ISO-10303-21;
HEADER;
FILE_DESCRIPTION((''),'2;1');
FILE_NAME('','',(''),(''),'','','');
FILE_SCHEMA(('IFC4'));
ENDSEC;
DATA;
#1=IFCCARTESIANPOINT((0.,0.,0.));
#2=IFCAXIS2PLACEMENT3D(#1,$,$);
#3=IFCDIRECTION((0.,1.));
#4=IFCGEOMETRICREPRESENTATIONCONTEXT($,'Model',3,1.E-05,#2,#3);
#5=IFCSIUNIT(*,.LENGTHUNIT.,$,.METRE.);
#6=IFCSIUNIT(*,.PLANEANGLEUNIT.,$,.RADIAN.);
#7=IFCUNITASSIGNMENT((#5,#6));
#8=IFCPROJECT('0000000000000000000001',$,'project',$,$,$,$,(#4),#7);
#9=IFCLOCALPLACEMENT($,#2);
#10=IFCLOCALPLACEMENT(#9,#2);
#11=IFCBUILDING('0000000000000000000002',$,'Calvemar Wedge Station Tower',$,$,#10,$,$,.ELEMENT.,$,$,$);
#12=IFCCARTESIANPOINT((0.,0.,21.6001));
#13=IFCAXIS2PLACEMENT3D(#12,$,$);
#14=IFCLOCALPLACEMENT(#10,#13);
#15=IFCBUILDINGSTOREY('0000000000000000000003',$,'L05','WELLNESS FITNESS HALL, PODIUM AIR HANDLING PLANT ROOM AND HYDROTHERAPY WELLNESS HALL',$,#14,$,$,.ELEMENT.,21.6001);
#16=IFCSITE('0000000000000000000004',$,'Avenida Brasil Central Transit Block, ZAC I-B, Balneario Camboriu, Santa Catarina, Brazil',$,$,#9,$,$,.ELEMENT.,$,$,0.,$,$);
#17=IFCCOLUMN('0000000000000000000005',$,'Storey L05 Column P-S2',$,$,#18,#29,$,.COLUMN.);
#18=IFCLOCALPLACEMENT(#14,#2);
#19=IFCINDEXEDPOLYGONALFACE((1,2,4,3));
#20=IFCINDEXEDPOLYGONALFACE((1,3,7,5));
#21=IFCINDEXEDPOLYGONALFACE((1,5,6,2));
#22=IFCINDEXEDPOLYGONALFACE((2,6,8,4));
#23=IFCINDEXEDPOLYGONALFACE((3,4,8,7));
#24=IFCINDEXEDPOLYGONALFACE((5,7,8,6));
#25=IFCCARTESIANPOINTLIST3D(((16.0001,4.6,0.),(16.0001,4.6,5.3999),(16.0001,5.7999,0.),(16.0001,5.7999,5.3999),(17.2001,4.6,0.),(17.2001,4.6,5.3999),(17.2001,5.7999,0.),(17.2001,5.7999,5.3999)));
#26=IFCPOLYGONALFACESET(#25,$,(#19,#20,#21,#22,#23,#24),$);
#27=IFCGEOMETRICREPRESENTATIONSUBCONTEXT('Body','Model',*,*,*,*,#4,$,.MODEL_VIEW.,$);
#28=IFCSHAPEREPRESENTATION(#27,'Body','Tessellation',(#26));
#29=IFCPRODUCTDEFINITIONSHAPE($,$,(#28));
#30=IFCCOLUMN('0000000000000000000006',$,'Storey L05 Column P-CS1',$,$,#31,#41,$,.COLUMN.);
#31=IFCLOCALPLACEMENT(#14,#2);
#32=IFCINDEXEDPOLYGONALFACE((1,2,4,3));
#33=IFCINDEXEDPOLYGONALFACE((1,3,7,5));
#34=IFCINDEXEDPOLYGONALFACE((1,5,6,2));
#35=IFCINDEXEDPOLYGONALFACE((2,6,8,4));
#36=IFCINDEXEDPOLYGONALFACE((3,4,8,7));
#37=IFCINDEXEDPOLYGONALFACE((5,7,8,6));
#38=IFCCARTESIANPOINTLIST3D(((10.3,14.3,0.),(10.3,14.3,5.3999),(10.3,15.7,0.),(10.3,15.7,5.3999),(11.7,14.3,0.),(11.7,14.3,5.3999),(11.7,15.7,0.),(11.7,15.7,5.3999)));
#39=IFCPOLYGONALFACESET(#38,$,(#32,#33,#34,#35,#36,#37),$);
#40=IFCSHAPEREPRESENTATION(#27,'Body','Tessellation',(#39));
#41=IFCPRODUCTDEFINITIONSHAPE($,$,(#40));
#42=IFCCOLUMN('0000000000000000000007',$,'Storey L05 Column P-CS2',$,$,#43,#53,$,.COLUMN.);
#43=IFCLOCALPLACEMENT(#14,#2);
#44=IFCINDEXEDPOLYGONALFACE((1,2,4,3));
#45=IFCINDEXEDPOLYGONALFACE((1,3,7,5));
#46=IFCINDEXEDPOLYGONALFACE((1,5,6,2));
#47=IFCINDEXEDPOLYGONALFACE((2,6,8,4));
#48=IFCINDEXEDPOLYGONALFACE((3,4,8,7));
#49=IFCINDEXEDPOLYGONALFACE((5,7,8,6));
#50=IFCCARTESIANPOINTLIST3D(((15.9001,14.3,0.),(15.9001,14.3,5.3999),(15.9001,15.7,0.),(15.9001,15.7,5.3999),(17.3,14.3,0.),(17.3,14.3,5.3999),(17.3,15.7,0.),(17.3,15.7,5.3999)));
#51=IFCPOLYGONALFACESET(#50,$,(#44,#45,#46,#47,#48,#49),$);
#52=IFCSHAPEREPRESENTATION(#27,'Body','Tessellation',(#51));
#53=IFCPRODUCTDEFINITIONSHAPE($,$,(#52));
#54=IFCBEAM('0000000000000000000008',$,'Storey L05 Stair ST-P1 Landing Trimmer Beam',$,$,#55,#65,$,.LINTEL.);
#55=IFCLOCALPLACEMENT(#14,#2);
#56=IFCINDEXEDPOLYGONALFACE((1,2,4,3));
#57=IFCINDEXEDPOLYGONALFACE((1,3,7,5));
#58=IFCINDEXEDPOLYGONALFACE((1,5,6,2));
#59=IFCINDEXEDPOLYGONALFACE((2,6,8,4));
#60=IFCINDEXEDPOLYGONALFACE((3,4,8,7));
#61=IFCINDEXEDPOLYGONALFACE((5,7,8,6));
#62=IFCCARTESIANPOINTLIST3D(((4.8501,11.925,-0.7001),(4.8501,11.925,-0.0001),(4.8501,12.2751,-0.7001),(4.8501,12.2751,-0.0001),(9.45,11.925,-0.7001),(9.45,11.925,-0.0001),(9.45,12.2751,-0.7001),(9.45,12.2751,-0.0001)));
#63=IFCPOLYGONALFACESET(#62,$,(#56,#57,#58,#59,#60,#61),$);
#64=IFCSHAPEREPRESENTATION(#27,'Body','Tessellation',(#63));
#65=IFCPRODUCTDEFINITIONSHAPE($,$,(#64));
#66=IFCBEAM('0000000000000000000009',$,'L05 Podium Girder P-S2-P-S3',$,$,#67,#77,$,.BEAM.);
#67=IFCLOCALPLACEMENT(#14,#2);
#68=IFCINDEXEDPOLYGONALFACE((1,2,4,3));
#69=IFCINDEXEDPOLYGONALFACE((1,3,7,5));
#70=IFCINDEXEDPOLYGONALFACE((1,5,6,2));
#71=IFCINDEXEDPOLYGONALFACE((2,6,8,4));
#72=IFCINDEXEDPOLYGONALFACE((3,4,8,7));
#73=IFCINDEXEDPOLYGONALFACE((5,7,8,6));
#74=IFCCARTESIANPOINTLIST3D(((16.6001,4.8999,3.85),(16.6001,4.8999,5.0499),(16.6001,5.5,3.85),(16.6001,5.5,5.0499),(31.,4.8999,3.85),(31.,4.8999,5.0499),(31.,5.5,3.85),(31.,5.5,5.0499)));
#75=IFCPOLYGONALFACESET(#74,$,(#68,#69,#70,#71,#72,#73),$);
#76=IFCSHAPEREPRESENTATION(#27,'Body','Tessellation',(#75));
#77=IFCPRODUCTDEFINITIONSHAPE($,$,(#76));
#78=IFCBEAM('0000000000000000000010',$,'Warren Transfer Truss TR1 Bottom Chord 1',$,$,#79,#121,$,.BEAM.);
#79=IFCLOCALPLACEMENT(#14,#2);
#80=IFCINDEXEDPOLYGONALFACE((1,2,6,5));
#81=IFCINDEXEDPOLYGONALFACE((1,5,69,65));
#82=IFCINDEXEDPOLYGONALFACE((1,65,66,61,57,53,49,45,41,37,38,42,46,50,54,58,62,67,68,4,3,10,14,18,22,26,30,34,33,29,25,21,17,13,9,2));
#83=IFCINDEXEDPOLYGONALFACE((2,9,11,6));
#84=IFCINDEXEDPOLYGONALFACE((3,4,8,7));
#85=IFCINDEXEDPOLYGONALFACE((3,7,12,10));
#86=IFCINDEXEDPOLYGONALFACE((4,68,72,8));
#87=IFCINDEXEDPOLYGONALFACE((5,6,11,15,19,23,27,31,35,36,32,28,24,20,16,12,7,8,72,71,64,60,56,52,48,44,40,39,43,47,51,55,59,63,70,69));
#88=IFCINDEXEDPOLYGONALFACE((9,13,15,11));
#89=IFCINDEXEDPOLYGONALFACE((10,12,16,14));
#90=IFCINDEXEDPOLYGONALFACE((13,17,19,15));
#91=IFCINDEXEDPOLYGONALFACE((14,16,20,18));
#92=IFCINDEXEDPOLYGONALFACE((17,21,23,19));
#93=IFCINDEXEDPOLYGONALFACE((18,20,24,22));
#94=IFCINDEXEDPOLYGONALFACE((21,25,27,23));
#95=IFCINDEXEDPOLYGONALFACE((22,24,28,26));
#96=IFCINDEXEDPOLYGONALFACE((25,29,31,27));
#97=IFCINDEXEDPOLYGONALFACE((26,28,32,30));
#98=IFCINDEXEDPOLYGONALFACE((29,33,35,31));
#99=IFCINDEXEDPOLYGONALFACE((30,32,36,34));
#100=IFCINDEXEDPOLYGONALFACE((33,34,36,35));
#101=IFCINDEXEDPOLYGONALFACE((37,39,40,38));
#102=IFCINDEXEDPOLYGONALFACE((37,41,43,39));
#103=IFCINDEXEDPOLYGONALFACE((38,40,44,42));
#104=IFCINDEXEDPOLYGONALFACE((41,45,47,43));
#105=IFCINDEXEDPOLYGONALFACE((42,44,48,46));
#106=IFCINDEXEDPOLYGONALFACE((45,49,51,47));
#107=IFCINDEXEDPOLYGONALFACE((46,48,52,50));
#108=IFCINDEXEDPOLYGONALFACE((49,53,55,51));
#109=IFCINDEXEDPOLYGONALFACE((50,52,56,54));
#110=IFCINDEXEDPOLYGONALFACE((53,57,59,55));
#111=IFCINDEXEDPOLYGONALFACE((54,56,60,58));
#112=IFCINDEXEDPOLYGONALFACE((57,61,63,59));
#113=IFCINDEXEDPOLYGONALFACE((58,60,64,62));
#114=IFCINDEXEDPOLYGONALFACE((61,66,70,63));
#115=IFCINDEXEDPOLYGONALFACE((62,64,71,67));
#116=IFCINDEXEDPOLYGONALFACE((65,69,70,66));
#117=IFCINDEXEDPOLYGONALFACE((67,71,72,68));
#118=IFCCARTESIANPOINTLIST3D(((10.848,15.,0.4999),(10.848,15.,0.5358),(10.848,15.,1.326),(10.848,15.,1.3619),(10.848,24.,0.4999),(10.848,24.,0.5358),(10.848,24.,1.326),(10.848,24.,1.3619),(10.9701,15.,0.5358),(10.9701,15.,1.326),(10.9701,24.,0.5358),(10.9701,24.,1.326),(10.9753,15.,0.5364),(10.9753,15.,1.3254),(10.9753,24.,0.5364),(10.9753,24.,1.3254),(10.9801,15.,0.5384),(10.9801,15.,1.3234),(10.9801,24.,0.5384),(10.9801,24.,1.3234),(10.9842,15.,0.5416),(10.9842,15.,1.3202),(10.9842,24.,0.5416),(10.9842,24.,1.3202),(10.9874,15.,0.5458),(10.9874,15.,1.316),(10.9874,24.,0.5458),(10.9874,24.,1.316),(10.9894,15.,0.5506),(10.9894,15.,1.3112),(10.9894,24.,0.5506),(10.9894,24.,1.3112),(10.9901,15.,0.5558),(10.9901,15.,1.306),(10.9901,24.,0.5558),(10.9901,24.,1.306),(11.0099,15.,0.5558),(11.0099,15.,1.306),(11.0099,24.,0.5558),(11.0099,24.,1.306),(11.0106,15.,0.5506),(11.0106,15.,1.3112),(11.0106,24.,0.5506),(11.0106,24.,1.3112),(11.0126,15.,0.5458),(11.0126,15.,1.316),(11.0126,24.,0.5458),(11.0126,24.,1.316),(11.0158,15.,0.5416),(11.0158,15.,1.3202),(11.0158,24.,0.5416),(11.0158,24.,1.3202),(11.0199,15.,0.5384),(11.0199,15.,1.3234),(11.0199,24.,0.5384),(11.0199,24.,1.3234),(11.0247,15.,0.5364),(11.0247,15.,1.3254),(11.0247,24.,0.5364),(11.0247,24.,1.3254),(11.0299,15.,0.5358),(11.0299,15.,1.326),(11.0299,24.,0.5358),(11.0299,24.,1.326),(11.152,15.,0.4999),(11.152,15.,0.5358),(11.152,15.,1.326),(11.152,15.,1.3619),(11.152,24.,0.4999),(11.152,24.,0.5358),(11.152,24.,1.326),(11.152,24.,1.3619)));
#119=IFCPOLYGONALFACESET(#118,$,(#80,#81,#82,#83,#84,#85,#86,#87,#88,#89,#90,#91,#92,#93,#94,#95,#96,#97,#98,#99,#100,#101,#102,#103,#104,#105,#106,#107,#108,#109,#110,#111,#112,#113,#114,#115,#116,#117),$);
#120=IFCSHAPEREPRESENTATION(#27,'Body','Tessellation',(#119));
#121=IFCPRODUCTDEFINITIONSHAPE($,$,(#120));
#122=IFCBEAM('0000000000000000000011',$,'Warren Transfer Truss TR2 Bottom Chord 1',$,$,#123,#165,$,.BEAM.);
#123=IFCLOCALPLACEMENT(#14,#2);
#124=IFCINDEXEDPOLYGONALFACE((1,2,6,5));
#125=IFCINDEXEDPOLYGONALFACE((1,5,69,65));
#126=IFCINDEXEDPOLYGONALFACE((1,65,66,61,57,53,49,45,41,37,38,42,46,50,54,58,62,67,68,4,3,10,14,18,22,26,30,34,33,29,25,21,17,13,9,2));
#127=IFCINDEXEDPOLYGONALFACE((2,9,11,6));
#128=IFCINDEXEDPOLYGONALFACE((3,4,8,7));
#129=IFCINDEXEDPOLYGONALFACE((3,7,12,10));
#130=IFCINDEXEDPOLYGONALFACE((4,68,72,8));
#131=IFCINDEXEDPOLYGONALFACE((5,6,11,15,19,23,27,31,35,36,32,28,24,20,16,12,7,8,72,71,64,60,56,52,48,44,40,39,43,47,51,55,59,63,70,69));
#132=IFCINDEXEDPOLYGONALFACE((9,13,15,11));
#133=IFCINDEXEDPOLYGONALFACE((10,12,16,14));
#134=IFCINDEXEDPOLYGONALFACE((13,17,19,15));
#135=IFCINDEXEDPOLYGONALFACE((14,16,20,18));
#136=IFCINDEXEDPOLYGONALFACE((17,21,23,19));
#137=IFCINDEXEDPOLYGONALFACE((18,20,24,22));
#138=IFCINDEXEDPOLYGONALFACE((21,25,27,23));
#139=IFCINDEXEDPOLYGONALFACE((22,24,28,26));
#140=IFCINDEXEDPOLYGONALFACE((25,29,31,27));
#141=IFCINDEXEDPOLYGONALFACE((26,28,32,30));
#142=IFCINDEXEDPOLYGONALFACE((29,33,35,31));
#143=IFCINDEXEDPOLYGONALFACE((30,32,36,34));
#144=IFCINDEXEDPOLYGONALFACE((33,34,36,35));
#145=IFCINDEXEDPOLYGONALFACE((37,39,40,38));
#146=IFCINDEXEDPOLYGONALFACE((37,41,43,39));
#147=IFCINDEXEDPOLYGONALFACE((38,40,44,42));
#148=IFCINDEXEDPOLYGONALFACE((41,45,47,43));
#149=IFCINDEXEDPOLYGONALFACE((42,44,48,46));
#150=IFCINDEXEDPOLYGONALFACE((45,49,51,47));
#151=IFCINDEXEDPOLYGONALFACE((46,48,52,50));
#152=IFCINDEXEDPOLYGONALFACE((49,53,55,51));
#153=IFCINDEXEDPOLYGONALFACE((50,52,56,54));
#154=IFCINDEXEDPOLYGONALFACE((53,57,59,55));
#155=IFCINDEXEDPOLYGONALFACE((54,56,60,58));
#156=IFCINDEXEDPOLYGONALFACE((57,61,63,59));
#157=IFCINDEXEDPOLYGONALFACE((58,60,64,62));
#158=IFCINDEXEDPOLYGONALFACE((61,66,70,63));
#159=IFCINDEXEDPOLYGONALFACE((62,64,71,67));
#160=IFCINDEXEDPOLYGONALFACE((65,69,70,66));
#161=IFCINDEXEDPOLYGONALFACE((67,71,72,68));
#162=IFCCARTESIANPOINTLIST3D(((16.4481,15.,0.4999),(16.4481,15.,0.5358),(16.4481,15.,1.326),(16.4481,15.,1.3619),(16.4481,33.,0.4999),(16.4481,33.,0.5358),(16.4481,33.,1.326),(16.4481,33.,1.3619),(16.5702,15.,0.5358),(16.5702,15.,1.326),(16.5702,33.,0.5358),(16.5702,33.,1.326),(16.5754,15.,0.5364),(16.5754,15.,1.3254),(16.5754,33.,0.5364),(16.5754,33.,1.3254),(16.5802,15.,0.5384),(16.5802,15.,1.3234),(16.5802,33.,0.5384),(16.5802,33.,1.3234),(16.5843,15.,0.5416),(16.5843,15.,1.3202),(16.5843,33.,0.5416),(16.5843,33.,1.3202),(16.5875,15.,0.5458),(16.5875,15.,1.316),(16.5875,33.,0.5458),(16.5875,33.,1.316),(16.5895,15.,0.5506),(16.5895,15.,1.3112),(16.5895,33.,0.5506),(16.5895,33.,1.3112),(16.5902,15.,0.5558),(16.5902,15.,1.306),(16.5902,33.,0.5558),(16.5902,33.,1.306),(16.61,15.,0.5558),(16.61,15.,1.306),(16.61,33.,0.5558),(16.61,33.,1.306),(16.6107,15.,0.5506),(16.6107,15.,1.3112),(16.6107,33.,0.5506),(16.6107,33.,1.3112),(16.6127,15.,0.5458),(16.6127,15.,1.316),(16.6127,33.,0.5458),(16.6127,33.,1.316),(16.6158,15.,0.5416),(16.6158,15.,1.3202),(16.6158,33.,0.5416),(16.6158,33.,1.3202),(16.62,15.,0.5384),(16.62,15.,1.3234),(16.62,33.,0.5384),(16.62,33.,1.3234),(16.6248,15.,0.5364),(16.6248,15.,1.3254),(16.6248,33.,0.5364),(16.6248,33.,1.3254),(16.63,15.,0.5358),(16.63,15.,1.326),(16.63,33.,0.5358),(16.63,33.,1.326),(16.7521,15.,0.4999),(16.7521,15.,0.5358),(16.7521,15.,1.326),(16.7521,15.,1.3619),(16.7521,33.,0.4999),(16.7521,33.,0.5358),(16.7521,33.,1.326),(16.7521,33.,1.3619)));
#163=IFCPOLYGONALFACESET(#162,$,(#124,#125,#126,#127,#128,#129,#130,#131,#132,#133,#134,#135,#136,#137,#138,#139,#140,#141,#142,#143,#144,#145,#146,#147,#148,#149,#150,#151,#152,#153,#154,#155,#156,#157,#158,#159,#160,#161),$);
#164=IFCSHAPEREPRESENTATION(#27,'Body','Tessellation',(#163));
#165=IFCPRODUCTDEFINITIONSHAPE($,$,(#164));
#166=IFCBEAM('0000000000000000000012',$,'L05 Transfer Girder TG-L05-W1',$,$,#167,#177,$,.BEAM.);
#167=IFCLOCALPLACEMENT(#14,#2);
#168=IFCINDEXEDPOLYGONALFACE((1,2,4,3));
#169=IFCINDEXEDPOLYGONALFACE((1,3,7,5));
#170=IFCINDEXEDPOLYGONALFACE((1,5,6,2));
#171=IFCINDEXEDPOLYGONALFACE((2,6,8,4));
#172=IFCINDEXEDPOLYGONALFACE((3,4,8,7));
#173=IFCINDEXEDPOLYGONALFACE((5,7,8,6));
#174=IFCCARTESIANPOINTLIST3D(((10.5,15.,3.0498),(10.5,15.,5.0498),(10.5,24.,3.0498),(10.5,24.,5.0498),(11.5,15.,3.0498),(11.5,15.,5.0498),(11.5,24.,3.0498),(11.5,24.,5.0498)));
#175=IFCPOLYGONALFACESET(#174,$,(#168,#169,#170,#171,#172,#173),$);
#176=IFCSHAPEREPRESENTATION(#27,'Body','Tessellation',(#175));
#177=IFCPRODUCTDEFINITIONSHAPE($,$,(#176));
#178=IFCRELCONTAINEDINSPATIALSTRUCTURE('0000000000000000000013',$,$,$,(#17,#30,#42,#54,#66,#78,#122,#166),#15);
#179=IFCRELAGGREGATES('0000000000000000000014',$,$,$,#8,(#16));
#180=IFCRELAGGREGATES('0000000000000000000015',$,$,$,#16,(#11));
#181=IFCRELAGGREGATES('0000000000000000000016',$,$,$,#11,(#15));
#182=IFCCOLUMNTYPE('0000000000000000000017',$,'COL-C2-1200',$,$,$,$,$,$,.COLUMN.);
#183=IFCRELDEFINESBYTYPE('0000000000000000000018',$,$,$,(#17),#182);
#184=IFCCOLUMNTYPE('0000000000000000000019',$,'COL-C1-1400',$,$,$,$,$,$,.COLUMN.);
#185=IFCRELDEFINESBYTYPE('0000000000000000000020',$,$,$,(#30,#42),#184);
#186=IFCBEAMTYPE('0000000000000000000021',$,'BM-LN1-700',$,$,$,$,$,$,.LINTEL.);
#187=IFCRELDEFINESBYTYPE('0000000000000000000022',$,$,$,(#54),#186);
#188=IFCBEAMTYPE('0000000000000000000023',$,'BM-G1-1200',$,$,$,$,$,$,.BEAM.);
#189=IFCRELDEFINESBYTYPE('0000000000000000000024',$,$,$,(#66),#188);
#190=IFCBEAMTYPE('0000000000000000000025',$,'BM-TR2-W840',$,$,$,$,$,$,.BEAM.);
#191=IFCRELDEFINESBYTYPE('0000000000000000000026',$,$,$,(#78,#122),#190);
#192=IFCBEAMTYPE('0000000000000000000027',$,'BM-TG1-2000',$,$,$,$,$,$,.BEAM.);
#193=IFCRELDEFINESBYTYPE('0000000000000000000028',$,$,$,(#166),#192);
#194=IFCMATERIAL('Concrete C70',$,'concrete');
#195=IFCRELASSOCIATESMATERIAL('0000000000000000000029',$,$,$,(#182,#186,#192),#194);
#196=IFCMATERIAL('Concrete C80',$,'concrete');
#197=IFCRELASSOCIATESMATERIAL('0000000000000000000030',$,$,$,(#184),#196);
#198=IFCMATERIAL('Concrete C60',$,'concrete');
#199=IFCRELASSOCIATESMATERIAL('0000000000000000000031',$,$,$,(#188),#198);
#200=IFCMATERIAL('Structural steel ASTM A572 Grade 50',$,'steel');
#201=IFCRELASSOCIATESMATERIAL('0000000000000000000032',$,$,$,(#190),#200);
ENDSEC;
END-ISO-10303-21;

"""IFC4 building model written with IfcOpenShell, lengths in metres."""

from ifc_helpers import new_model, si_unit, direction, frame, origin, origin_2d, place, context, subcontext, project, spatial, rectangle, i_section, extrude, source, transform, mapped, material, material_profile, profile_set, type_object, element, save


model = new_model("IFC4")

# Units and contexts
model_context = context("Model", 3, precision=1e-05, world=origin(), true_north=direction((0.0, 1.0)))
body_context = subcontext(model_context, "Body", "Model", "MODEL_VIEW")
ifc_project = project(units=[si_unit("LENGTHUNIT", "METRE"), si_unit("PLANEANGLEUNIT", "RADIAN")], contexts=[model_context])

# Site, building, storey
site_placement = place(None, origin())
site = spatial("IfcSite", under=ifc_project, at=site_placement, Name="Avenida Brasil Central Transit Block, ZAC I-B, Balneario Camboriu, Santa Catarina, Brazil", CompositionType="ELEMENT", RefElevation=0.0)
building_placement = place(site_placement, origin())
building = spatial("IfcBuilding", under=site, at=building_placement, Name="Calvemar Wedge Station Tower", CompositionType="ELEMENT")
storey_placement = place(building_placement, frame((0.0, 0.0, 21.6001)))
storey = spatial("IfcBuildingStorey", under=building, at=storey_placement, Name="L05", Description="WELLNESS FITNESS HALL, PODIUM AIR HANDLING PLANT ROOM AND HYDROTHERAPY WELLNESS HALL", CompositionType="ELEMENT", Elevation=21.6001)

# Columns
ifc_material_1 = material(Name="Concrete C70", Category="concrete")
ifc_material_profile_1 = material_profile(ifc_material_1, rectangle(XDim=1.2, YDim=1.2, at=origin_2d()), Name="RC1200x1200")
ifc_profile_set_1 = profile_set([ifc_material_profile_1], Name="Concrete C70")
column_type_1 = type_object("IfcColumnType", Name="COL-C2-1200", PredefinedType="COLUMN", material=ifc_profile_set_1)
shared_shape_1 = source(origin(), body_context, "Body", "SweptSolid", [
    extrude(rectangle(XDim=1.2, YDim=1.2, at=origin_2d()), origin(), (0.0, 0.0, 1.0), 5.3999),
])
column_placement = place(storey_placement, frame((16.6001, 5.2, 0.0), z_axis=(0.0, 0.0, 1.0), x_axis=(1.0, 0.0, 0.0)))
element("IfcColumn", 1, at=column_placement, inside=storey, type_object=column_type_1, Name="Storey L05 Column P-S2", PredefinedType="COLUMN", context=body_context, shape_type="MappedRepresentation", body=[
    mapped(shared_shape_1, transform((0.0, 0.0, 0.0), scale=1.0)),
])
ifc_material_2 = material(Name="Concrete C80", Category="concrete")
ifc_material_profile_2 = material_profile(ifc_material_2, rectangle(XDim=1.3999, YDim=1.3999, at=origin_2d()), Name="RC1400x1400")
ifc_profile_set_2 = profile_set([ifc_material_profile_2], Name="Concrete C80")
column_type_2 = type_object("IfcColumnType", Name="COL-C1-1400", PredefinedType="COLUMN", material=ifc_profile_set_2)
shared_shape_2 = source(origin(), body_context, "Body", "SweptSolid", [
    extrude(rectangle(XDim=1.3999, YDim=1.3999, at=origin_2d()), origin(), (0.0, 0.0, 1.0), 5.3999),
])
for number, where, z_axis, x_axis, name in (
    (2, (11.0, 15.0, 0.0), (0.0, 0.0, 1.0), (1.0, 0.0, 0.0), "Storey L05 Column P-CS1"),
    (3, (16.6001, 15.0, 0.0), (0.0, 0.0, 1.0), (1.0, 0.0, 0.0), "Storey L05 Column P-CS2"),
):
    element("IfcColumn", number, at=place(storey_placement, frame(where, z_axis=z_axis, x_axis=x_axis)), inside=storey, type_object=column_type_2, Name=name, PredefinedType="COLUMN", context=body_context, shape_type="MappedRepresentation", body=[
        mapped(shared_shape_2, transform((0.0, 0.0, 0.0), scale=1.0)),
    ])

# Beams
ifc_material_profile_3 = material_profile(ifc_material_1, rectangle(XDim=0.3501, YDim=0.7, at=origin_2d()), Name="RC350x700")
ifc_profile_set_3 = profile_set([ifc_material_profile_3], Name="Concrete C70")
beam_type_1 = type_object("IfcBeamType", Name="BM-LN1-700", PredefinedType="LINTEL", material=ifc_profile_set_3)
shared_shape_3 = source(origin(), body_context, "Body", "SweptSolid", [
    extrude(rectangle(XDim=0.3501, YDim=0.7, at=origin_2d()), origin(), (0.0, 0.0, 1.0), 4.5999),
])
beam_1_placement = place(storey_placement, frame((4.8501, 12.1001, -0.3501), z_axis=(1.0, 0.0, 0.0), x_axis=(0.0, 1.0, 0.0)))
element("IfcBeam", 4, at=beam_1_placement, inside=storey, type_object=beam_type_1, Name="Storey L05 Stair ST-P1 Landing Trimmer Beam", PredefinedType="LINTEL", context=body_context, shape_type="MappedRepresentation", body=[
    mapped(shared_shape_3, transform((0.0, 0.0, 0.0), scale=1.0)),
])
ifc_material_3 = material(Name="Concrete C60", Category="concrete")
ifc_material_profile_4 = material_profile(ifc_material_3, rectangle(XDim=0.6001, YDim=1.2, at=origin_2d()), Name="RC600x1200")
ifc_profile_set_4 = profile_set([ifc_material_profile_4], Name="Concrete C60")
beam_type_2 = type_object("IfcBeamType", Name="BM-G1-1200", PredefinedType="BEAM", material=ifc_profile_set_4)
shared_shape_4 = source(origin(), body_context, "Body", "SweptSolid", [
    extrude(rectangle(XDim=0.6001, YDim=1.2, at=origin_2d()), origin(), (0.0, 0.0, 1.0), 14.3999),
])
beam_2_placement = place(storey_placement, frame((16.6001, 5.2, 4.45), z_axis=(1.0, 0.0, 0.0), x_axis=(0.0, 1.0, 0.0)))
element("IfcBeam", 5, at=beam_2_placement, inside=storey, type_object=beam_type_2, Name="L05 Podium Girder P-S2-P-S3", PredefinedType="BEAM", context=body_context, shape_type="MappedRepresentation", body=[
    mapped(shared_shape_4, transform((0.0, 0.0, 0.0), scale=1.0)),
])
ifc_material_4 = material(Name="Structural steel ASTM A572 Grade 50", Category="steel")
ifc_material_profile_5 = material_profile(ifc_material_4, i_section(OverallWidth=0.304, OverallDepth=0.8621, WebThickness=0.0198, FlangeThickness=0.0359, FilletRadius=0.02, at=origin_2d()), Name="W840x329")
ifc_profile_set_5 = profile_set([ifc_material_profile_5], Name="Structural steel ASTM A572 Grade 50")
beam_type_3 = type_object("IfcBeamType", Name="BM-TR2-W840", PredefinedType="BEAM", material=ifc_profile_set_5)
shared_shape_5 = source(origin(), body_context, "Body", "SweptSolid", [
    extrude(i_section(OverallWidth=0.304, OverallDepth=0.8621, WebThickness=0.0198, FlangeThickness=0.0359, FilletRadius=0.02, at=origin_2d()), origin(), (0.0, 0.0, 1.0), 9.0),
])
beam_3_placement = place(storey_placement, frame((11.0, 15.0, 0.9309), z_axis=(0.0, 1.0, 0.0), x_axis=(-1.0, 0.0, 0.0)))
element("IfcBeam", 6, at=beam_3_placement, inside=storey, type_object=beam_type_3, Name="Warren Transfer Truss TR1 Bottom Chord 1", PredefinedType="BEAM", context=body_context, shape_type="MappedRepresentation", body=[
    mapped(shared_shape_5, transform((0.0, 0.0, 0.0), scale=1.0)),
])
shared_shape_6 = source(origin(), body_context, "Body", "SweptSolid", [
    extrude(i_section(OverallWidth=0.304, OverallDepth=0.8621, WebThickness=0.0198, FlangeThickness=0.0359, FilletRadius=0.02, at=origin_2d()), origin(), (0.0, 0.0, 1.0), 18.0),
])
beam_4_placement = place(storey_placement, frame((16.6001, 15.0, 0.9309), z_axis=(0.0, 1.0, 0.0), x_axis=(-1.0, 0.0, 0.0)))
element("IfcBeam", 7, at=beam_4_placement, inside=storey, type_object=beam_type_3, Name="Warren Transfer Truss TR2 Bottom Chord 1", PredefinedType="BEAM", context=body_context, shape_type="MappedRepresentation", body=[
    mapped(shared_shape_6, transform((0.0, 0.0, 0.0), scale=1.0)),
])
ifc_material_profile_6 = material_profile(ifc_material_1, rectangle(XDim=1.0, YDim=2.0, at=origin_2d()), Name="RC1000x2000")
ifc_profile_set_6 = profile_set([ifc_material_profile_6], Name="Concrete C70")
beam_type_4 = type_object("IfcBeamType", Name="BM-TG1-2000", PredefinedType="BEAM", material=ifc_profile_set_6)
shared_shape_7 = source(origin(), body_context, "Body", "SweptSolid", [
    extrude(rectangle(XDim=1.0, YDim=2.0, at=origin_2d()), origin(), (0.0, 0.0, 1.0), 9.0),
])
beam_5_placement = place(storey_placement, frame((11.0, 15.0, 4.0498), z_axis=(0.0, 1.0, 0.0), x_axis=(-1.0, 0.0, 0.0)))
element("IfcBeam", 8, at=beam_5_placement, inside=storey, type_object=beam_type_4, Name="L05 Transfer Girder TG-L05-W1", PredefinedType="BEAM", context=body_context, shape_type="MappedRepresentation", body=[
    mapped(shared_shape_7, transform((0.0, 0.0, 0.0), scale=1.0)),
])

save(model, "model.ifc")
